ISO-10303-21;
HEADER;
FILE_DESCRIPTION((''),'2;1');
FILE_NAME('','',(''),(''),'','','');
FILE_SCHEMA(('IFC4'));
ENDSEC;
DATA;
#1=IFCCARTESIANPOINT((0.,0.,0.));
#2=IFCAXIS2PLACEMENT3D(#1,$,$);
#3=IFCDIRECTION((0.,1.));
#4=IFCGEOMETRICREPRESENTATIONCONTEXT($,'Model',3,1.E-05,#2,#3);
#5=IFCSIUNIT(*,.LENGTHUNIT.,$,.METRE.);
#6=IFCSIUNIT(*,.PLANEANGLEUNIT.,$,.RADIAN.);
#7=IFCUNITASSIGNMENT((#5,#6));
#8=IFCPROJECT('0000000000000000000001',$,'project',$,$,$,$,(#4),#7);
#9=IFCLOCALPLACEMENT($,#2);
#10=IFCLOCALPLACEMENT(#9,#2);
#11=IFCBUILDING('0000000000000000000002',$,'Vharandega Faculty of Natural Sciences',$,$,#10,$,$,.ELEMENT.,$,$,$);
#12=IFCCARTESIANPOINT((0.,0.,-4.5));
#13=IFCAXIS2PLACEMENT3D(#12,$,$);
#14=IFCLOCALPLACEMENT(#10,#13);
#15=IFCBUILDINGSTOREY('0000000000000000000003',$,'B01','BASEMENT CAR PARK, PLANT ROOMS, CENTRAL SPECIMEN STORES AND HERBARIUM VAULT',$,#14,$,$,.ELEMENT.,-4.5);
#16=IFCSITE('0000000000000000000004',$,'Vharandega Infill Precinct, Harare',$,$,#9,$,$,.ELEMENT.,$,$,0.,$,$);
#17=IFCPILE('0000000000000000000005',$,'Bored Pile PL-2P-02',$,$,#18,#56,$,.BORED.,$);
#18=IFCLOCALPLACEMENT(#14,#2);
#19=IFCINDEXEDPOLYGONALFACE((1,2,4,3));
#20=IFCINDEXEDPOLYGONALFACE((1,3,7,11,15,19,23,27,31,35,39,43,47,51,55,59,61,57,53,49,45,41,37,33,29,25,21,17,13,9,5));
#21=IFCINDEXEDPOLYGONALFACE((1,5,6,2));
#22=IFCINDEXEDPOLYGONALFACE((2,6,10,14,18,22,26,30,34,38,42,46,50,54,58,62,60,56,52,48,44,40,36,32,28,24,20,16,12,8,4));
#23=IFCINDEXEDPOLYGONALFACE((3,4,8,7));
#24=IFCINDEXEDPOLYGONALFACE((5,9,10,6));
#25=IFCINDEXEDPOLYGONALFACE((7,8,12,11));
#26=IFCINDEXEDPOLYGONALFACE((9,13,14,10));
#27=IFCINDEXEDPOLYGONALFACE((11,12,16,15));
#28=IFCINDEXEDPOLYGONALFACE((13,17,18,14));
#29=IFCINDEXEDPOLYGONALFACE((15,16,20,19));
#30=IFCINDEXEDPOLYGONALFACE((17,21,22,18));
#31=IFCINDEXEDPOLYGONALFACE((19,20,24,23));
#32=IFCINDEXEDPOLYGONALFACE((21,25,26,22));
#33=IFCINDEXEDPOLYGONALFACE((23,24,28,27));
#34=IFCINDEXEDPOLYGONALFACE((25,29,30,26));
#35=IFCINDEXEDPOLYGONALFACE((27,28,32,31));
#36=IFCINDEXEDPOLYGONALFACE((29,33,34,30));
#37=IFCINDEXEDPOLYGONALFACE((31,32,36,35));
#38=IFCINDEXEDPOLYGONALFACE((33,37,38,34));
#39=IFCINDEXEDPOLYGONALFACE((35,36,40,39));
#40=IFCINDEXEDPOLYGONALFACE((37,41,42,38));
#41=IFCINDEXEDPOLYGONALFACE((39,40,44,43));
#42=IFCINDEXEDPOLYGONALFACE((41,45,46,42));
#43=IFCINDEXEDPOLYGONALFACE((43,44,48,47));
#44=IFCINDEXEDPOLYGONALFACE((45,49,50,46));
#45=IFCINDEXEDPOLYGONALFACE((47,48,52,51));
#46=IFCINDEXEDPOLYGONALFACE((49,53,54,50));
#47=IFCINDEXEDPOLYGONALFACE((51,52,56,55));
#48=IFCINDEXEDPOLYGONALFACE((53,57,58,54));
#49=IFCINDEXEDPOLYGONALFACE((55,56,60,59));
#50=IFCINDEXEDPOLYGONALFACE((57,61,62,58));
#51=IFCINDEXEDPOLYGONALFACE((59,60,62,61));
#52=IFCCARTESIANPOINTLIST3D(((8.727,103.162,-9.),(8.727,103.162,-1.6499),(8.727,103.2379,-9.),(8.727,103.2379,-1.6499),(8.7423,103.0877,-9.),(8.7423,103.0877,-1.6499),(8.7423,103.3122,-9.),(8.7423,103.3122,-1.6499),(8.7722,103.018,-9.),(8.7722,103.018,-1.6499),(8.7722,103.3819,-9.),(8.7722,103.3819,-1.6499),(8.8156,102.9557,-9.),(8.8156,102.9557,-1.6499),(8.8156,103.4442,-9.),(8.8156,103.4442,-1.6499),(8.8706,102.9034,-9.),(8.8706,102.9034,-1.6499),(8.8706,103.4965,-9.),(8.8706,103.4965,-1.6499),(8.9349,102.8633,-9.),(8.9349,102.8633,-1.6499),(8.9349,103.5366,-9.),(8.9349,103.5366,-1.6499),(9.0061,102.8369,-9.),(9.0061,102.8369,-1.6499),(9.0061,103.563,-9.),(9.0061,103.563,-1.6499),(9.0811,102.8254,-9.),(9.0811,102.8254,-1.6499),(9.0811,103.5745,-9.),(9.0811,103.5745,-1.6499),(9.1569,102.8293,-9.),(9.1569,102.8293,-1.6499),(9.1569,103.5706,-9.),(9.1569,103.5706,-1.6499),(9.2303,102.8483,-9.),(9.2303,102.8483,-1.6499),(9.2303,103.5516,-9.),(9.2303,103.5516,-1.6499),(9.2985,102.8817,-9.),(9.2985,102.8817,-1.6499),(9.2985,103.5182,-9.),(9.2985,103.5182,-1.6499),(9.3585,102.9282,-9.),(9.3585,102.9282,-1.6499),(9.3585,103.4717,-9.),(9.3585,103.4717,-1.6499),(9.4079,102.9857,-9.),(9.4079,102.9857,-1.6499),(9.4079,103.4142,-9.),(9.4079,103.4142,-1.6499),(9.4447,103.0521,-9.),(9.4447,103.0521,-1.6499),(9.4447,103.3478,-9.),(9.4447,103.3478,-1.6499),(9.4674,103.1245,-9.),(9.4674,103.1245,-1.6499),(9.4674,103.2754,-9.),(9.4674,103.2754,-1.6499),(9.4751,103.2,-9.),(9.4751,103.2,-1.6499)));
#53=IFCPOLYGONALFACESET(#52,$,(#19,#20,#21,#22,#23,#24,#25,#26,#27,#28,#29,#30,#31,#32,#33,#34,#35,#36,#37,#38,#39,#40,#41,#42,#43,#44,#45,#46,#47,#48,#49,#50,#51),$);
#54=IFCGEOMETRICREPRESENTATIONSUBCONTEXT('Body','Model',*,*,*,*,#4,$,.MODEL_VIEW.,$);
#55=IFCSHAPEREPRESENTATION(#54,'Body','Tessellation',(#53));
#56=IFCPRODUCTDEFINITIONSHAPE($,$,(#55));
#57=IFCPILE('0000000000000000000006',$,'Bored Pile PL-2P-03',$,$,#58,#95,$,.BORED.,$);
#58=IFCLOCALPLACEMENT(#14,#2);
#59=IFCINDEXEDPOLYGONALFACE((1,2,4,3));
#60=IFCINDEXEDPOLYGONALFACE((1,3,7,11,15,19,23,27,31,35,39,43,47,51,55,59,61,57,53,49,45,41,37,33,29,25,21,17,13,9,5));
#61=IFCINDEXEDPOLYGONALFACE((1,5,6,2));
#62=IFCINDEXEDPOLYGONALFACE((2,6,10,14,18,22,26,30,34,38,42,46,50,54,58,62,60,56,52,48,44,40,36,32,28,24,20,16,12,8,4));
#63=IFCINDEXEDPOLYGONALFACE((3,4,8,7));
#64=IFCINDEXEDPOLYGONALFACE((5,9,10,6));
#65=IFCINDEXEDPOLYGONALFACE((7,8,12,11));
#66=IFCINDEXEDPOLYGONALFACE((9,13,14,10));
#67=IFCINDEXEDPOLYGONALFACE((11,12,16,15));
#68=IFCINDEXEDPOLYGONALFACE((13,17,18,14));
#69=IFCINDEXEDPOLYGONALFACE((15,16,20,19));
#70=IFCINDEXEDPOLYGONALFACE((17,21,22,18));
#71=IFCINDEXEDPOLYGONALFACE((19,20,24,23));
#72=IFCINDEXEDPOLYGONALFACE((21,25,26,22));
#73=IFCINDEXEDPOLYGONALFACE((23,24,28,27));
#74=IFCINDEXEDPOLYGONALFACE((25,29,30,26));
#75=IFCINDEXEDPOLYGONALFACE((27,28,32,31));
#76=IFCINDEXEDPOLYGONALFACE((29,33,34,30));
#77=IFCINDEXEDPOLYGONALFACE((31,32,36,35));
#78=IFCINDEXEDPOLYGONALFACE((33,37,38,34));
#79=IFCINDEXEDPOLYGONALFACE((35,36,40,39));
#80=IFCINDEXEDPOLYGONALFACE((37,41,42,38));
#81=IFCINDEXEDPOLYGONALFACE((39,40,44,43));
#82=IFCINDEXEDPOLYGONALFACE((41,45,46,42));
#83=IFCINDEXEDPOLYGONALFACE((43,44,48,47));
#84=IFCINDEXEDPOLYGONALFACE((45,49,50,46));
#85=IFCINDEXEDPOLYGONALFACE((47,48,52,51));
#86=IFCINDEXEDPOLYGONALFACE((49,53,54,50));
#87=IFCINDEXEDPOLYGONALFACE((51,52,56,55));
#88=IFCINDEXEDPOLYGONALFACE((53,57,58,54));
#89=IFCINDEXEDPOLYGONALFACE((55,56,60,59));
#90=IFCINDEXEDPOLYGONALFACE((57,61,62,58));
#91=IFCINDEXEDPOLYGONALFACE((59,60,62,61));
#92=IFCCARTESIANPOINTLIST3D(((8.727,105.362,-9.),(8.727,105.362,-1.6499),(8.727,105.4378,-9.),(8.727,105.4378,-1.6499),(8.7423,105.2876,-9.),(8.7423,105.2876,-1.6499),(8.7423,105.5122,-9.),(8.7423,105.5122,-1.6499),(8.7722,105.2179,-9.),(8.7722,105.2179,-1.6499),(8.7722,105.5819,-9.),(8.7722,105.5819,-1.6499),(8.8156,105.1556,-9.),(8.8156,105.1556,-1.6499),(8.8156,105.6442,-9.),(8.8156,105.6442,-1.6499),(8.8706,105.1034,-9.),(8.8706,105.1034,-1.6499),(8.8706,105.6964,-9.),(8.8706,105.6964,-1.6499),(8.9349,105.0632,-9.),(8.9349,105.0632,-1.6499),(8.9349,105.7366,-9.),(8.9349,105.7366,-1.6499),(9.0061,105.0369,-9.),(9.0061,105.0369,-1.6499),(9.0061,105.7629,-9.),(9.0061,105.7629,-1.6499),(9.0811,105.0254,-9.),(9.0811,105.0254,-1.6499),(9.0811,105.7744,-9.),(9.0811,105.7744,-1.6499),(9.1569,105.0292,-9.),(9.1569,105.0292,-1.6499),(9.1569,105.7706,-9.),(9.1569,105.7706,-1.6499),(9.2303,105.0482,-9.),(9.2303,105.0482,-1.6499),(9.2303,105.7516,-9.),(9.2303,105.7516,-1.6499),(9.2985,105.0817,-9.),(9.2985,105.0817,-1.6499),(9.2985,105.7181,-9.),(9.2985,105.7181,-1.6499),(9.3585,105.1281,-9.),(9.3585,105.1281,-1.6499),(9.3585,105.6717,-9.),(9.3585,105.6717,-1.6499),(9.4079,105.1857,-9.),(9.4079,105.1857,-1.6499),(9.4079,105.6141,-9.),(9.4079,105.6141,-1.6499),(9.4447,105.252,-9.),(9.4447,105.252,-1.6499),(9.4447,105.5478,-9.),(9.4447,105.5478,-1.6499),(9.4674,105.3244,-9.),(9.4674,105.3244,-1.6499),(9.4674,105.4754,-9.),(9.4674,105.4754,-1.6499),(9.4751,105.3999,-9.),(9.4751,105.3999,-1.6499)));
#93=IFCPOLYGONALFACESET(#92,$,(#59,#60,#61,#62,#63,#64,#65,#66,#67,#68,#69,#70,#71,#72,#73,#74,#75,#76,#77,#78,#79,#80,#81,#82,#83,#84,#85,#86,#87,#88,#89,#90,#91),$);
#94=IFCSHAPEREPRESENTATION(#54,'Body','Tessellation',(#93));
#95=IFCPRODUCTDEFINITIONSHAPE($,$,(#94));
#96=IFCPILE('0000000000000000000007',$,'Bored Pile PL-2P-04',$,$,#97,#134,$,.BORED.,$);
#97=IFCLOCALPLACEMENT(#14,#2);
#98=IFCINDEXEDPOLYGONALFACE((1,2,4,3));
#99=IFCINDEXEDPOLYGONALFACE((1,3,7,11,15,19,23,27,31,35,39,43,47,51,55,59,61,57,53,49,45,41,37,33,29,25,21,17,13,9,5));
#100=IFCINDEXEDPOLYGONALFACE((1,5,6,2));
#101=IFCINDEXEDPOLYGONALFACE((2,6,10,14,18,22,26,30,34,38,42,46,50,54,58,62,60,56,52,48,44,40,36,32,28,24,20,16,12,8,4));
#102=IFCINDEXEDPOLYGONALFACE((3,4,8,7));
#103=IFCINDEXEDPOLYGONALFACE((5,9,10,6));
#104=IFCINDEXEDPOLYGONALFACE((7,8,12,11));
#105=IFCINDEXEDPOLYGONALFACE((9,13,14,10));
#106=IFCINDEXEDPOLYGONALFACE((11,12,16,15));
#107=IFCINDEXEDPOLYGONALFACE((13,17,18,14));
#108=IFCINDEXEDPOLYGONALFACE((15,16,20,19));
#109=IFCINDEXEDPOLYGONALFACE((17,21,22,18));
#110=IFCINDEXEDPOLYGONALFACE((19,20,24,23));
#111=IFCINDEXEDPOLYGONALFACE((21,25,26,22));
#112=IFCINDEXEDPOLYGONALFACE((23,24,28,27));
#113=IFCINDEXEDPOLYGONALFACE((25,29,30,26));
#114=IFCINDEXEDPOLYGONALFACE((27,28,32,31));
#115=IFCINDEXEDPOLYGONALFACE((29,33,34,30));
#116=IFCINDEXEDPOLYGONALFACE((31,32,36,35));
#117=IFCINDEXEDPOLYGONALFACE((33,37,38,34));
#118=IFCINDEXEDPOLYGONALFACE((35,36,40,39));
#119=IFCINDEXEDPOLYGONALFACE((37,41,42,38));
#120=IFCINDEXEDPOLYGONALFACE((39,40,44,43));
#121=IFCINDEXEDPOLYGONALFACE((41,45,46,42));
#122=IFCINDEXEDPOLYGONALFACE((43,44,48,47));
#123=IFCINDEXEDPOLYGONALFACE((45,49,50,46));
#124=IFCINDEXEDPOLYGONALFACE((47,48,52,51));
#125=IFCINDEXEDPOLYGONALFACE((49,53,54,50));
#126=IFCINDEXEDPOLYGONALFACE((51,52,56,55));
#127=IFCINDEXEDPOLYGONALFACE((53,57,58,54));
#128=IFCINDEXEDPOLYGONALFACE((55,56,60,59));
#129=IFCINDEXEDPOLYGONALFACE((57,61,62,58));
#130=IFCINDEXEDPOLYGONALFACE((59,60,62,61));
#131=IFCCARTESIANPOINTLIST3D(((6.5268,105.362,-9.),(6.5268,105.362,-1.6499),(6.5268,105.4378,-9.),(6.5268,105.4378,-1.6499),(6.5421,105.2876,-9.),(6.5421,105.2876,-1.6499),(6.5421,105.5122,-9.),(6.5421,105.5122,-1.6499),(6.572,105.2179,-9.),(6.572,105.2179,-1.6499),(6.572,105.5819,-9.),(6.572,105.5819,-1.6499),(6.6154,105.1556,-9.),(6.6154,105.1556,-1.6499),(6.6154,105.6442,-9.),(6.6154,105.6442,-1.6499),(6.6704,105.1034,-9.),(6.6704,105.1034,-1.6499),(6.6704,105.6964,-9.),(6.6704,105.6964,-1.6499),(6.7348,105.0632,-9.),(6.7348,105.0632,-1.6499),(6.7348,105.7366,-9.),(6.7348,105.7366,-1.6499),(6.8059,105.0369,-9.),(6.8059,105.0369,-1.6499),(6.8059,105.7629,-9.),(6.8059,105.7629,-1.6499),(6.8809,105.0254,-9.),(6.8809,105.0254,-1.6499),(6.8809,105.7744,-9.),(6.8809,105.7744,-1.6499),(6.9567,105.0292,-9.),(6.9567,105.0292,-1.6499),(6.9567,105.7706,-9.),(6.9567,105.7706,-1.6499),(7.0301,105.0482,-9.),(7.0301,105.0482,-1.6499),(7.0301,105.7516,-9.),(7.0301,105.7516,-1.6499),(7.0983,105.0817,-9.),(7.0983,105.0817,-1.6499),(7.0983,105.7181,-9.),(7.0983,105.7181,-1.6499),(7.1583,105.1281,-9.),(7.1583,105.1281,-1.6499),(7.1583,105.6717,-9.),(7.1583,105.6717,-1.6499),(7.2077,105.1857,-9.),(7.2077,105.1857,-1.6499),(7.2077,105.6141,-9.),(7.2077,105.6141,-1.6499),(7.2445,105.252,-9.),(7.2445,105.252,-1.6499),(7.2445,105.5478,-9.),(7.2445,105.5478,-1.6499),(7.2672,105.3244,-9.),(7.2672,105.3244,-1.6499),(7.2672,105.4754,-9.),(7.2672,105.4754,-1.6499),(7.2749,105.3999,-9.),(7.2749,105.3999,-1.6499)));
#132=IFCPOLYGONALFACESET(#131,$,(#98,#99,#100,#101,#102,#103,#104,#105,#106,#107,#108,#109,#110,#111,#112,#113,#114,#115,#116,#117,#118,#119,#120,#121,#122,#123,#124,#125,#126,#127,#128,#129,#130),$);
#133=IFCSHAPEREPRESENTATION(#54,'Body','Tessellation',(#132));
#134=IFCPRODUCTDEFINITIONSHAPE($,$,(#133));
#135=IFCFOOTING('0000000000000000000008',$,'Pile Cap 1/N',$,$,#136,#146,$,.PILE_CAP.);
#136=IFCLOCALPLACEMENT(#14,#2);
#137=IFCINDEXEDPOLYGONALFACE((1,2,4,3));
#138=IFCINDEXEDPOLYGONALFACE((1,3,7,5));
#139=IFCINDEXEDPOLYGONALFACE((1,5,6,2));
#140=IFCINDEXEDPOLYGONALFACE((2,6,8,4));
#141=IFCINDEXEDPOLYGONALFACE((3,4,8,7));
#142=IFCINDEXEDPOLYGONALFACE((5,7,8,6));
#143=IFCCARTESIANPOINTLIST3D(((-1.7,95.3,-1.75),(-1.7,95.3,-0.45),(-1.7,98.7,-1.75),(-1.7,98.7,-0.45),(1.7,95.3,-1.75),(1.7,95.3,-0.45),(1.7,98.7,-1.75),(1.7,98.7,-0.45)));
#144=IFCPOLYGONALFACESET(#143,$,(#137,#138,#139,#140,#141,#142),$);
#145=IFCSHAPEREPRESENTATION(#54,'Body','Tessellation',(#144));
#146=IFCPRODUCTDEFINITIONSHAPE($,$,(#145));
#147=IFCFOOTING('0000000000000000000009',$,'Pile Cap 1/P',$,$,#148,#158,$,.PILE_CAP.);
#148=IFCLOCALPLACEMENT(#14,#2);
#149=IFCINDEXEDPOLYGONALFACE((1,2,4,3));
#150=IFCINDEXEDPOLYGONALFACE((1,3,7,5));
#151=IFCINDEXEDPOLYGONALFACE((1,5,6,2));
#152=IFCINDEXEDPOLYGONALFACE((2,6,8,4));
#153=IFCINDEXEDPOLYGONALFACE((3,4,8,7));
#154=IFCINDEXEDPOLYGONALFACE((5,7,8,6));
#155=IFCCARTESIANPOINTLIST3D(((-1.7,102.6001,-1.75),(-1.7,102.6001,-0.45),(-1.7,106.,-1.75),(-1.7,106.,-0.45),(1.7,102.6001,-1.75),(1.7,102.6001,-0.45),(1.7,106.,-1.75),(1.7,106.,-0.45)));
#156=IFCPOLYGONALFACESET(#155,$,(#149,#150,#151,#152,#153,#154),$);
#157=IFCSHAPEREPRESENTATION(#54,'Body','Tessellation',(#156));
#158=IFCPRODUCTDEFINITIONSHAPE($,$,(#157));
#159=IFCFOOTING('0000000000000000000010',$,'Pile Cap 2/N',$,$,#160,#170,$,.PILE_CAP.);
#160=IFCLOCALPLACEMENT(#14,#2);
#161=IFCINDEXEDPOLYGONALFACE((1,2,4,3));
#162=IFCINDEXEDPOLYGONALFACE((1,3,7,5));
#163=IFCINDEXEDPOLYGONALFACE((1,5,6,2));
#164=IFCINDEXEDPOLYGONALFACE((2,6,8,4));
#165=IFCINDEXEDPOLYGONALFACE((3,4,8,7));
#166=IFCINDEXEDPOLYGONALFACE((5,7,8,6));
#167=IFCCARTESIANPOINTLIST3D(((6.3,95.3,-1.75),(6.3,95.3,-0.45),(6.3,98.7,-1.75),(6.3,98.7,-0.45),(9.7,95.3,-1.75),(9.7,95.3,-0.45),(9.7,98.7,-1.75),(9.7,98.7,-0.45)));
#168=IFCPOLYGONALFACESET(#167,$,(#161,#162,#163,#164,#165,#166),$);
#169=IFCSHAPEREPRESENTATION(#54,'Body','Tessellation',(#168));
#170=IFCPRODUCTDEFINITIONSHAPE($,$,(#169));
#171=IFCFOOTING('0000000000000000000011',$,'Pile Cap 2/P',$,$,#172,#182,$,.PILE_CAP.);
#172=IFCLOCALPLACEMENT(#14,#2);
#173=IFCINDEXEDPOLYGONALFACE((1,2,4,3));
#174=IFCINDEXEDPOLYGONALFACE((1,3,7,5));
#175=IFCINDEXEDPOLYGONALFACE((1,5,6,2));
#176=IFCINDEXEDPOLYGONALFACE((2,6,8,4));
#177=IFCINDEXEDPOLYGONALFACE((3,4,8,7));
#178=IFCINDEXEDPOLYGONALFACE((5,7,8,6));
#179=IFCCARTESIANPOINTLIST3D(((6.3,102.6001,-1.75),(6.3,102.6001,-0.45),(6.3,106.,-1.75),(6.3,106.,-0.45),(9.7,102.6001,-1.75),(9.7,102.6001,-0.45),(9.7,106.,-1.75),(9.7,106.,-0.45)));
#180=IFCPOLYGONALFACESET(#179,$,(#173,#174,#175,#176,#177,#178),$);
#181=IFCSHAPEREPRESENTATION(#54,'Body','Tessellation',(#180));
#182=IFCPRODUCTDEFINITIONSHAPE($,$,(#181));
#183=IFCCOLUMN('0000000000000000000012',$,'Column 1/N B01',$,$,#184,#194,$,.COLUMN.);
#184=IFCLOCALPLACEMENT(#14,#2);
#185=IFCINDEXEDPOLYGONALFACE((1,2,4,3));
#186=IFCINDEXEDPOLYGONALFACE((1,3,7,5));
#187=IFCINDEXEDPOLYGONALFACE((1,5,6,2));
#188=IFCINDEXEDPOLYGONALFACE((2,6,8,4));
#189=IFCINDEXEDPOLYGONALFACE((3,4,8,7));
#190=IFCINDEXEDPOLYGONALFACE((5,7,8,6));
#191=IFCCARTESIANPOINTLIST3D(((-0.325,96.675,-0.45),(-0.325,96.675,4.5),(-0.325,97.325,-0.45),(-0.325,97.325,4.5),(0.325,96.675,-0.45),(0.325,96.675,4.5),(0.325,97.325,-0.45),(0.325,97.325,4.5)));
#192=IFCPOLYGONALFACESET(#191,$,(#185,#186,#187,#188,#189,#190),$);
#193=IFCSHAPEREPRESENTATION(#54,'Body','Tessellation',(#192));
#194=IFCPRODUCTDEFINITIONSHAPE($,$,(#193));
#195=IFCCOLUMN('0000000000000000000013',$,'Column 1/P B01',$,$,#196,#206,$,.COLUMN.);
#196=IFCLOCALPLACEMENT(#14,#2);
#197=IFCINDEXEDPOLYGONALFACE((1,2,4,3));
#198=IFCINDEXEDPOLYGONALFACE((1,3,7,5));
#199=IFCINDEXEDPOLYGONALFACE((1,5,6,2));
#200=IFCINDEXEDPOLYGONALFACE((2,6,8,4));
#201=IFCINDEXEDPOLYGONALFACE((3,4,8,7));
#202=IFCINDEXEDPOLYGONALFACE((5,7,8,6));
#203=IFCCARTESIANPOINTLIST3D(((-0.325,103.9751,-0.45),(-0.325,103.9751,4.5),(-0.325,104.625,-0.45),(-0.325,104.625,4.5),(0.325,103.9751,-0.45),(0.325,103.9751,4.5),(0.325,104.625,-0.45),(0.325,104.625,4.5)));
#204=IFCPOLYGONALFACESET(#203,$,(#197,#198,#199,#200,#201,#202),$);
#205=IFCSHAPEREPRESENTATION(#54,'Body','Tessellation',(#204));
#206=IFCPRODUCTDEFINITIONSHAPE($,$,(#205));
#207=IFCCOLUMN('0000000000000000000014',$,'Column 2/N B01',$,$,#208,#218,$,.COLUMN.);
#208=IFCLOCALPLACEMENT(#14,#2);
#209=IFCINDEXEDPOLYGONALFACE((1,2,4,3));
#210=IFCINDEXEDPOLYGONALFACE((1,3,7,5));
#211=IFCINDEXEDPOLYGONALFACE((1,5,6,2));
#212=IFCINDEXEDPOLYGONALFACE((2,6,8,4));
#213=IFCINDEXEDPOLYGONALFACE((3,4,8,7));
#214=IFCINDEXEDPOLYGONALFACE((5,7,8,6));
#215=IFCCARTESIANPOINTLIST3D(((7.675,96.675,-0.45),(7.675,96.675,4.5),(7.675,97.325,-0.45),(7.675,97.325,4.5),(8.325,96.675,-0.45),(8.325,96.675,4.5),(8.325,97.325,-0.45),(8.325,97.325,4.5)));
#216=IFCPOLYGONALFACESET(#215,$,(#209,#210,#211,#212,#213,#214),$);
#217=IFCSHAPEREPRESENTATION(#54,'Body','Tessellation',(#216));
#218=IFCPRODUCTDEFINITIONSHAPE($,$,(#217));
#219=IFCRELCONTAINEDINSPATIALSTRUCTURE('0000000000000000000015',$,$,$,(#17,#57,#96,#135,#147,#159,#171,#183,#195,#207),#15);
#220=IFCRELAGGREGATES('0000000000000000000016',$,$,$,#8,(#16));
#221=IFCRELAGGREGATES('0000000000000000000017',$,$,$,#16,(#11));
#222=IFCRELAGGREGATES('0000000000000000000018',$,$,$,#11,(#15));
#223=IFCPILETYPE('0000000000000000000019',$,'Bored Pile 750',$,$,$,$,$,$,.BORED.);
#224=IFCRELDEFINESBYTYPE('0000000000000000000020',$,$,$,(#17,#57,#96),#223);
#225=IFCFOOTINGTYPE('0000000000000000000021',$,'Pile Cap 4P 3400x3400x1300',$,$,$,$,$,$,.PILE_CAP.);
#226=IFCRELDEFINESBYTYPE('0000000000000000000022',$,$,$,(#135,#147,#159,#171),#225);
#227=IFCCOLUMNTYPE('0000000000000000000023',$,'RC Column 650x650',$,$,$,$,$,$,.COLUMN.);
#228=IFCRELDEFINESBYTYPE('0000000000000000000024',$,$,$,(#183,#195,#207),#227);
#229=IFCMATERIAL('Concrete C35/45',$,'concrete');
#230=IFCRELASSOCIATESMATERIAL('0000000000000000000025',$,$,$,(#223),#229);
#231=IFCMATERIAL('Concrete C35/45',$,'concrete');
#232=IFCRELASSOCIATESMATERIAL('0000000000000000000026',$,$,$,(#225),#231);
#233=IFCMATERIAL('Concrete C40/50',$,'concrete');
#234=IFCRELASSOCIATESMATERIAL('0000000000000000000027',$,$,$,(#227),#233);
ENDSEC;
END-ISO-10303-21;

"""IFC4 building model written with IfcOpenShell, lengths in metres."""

from ifc_helpers import new_model, si_unit, direction, frame, origin, origin_2d, place, context, subcontext, project, spatial, rectangle, circle, extrude, material, material_profile, profile_set, type_object, element, save


model = new_model("IFC4")

# Units and contexts
model_context = context("Model", 3, precision=1e-05, world=origin(), true_north=direction((0.0, 1.0)))
body_context = subcontext(model_context, "Body", "Model", "MODEL_VIEW")
ifc_project = project(units=[si_unit("LENGTHUNIT", "METRE"), si_unit("PLANEANGLEUNIT", "RADIAN")], contexts=[model_context])

# Site, building, storey
site_placement = place(None, origin())
site = spatial("IfcSite", under=ifc_project, at=site_placement, Name="Vharandega Infill Precinct, Harare", CompositionType="ELEMENT", RefElevation=0.0)
building_placement = place(site_placement, origin())
building = spatial("IfcBuilding", under=site, at=building_placement, Name="Vharandega Faculty of Natural Sciences", CompositionType="ELEMENT")
storey_placement = place(building_placement, frame((0.0, 0.0, -4.5)))
storey = spatial("IfcBuildingStorey", under=building, at=storey_placement, Name="B01", Description="BASEMENT CAR PARK, PLANT ROOMS, CENTRAL SPECIMEN STORES AND HERBARIUM VAULT", CompositionType="ELEMENT", Elevation=-4.5)

# Piles
ifc_material_1 = material(Name="Concrete C35/45", Category="concrete")
ifc_material_profile_1 = material_profile(ifc_material_1, circle(Radius=0.375, at=origin_2d()), Name="PILE 750")
ifc_profile_set_1 = profile_set([ifc_material_profile_1], Name="Concrete C35/45")
pile_type = type_object("IfcPileType", Name="Bored Pile 750", PredefinedType="BORED", material=ifc_profile_set_1)
for number, where, z_axis, x_axis, name in (
    (1, (9.1001, 103.2, -1.6499), (0.0, 0.0, -1.0), (1.0, 0.0, 0.0), "Bored Pile PL-2P-02"),
    (2, (9.1001, 105.3999, -1.6499), (0.0, 0.0, -1.0), (1.0, 0.0, 0.0), "Bored Pile PL-2P-03"),
    (3, (6.8999, 105.3999, -1.6499), (0.0, 0.0, -1.0), (1.0, 0.0, 0.0), "Bored Pile PL-2P-04"),
):
    element("IfcPile", number, at=place(storey_placement, frame(where, z_axis=z_axis, x_axis=x_axis)), inside=storey, type_object=pile_type, Name=name, PredefinedType="BORED", context=body_context, shape_type="SweptSolid", body=[
        extrude(circle(Radius=0.375, at=origin_2d()), origin(), (0.0, 0.0, 1.0), 7.3501),
    ])

# Footings
ifc_material_2 = material(Name="Concrete C35/45", Category="concrete")
footing_type = type_object("IfcFootingType", Name="Pile Cap 4P 3400x3400x1300", PredefinedType="PILE_CAP", material=ifc_material_2)
for number, where, z_axis, x_axis, name in (
    (4, (0.0, 97.0, -1.75), (0.0, 0.0, 1.0), (1.0, 0.0, 0.0), "Pile Cap 1/N"),
    (5, (0.0, 104.3, -1.75), (0.0, 0.0, 1.0), (1.0, 0.0, 0.0), "Pile Cap 1/P"),
    (6, (8.0, 97.0, -1.75), (0.0, 0.0, 1.0), (1.0, 0.0, 0.0), "Pile Cap 2/N"),
    (7, (8.0, 104.3, -1.75), (0.0, 0.0, 1.0), (1.0, 0.0, 0.0), "Pile Cap 2/P"),
):
    element("IfcFooting", number, at=place(storey_placement, frame(where, z_axis=z_axis, x_axis=x_axis)), inside=storey, type_object=footing_type, Name=name, PredefinedType="PILE_CAP", context=body_context, shape_type="SweptSolid", body=[
        extrude(rectangle(XDim=3.3999, YDim=3.3999, at=origin_2d()), origin(), (0.0, 0.0, 1.0), 1.3),
    ])

# Columns
ifc_material_3 = material(Name="Concrete C40/50", Category="concrete")
ifc_material_profile_2 = material_profile(ifc_material_3, rectangle(XDim=0.6499, YDim=0.6499, at=origin_2d()), Name="RC 650x650")
ifc_profile_set_2 = profile_set([ifc_material_profile_2], Name="Concrete C40/50")
column_type = type_object("IfcColumnType", Name="RC Column 650x650", PredefinedType="COLUMN", material=ifc_profile_set_2)
for number, where, z_axis, x_axis, name in (
    (8, (0.0, 97.0, -0.45), (0.0, 0.0, 1.0), (1.0, 0.0, 0.0), "Column 1/N B01"),
    (9, (0.0, 104.3, -0.45), (0.0, 0.0, 1.0), (1.0, 0.0, 0.0), "Column 1/P B01"),
    (10, (8.0, 97.0, -0.45), (0.0, 0.0, 1.0), (1.0, 0.0, 0.0), "Column 2/N B01"),
):
    element("IfcColumn", number, at=place(storey_placement, frame(where, z_axis=z_axis, x_axis=x_axis)), inside=storey, type_object=column_type, Name=name, PredefinedType="COLUMN", context=body_context, shape_type="SweptSolid", body=[
        extrude(rectangle(XDim=0.6499, YDim=0.6499, at=origin_2d()), origin(), (0.0, 0.0, 1.0), 4.95),
    ])

save(model, "model.ifc")
